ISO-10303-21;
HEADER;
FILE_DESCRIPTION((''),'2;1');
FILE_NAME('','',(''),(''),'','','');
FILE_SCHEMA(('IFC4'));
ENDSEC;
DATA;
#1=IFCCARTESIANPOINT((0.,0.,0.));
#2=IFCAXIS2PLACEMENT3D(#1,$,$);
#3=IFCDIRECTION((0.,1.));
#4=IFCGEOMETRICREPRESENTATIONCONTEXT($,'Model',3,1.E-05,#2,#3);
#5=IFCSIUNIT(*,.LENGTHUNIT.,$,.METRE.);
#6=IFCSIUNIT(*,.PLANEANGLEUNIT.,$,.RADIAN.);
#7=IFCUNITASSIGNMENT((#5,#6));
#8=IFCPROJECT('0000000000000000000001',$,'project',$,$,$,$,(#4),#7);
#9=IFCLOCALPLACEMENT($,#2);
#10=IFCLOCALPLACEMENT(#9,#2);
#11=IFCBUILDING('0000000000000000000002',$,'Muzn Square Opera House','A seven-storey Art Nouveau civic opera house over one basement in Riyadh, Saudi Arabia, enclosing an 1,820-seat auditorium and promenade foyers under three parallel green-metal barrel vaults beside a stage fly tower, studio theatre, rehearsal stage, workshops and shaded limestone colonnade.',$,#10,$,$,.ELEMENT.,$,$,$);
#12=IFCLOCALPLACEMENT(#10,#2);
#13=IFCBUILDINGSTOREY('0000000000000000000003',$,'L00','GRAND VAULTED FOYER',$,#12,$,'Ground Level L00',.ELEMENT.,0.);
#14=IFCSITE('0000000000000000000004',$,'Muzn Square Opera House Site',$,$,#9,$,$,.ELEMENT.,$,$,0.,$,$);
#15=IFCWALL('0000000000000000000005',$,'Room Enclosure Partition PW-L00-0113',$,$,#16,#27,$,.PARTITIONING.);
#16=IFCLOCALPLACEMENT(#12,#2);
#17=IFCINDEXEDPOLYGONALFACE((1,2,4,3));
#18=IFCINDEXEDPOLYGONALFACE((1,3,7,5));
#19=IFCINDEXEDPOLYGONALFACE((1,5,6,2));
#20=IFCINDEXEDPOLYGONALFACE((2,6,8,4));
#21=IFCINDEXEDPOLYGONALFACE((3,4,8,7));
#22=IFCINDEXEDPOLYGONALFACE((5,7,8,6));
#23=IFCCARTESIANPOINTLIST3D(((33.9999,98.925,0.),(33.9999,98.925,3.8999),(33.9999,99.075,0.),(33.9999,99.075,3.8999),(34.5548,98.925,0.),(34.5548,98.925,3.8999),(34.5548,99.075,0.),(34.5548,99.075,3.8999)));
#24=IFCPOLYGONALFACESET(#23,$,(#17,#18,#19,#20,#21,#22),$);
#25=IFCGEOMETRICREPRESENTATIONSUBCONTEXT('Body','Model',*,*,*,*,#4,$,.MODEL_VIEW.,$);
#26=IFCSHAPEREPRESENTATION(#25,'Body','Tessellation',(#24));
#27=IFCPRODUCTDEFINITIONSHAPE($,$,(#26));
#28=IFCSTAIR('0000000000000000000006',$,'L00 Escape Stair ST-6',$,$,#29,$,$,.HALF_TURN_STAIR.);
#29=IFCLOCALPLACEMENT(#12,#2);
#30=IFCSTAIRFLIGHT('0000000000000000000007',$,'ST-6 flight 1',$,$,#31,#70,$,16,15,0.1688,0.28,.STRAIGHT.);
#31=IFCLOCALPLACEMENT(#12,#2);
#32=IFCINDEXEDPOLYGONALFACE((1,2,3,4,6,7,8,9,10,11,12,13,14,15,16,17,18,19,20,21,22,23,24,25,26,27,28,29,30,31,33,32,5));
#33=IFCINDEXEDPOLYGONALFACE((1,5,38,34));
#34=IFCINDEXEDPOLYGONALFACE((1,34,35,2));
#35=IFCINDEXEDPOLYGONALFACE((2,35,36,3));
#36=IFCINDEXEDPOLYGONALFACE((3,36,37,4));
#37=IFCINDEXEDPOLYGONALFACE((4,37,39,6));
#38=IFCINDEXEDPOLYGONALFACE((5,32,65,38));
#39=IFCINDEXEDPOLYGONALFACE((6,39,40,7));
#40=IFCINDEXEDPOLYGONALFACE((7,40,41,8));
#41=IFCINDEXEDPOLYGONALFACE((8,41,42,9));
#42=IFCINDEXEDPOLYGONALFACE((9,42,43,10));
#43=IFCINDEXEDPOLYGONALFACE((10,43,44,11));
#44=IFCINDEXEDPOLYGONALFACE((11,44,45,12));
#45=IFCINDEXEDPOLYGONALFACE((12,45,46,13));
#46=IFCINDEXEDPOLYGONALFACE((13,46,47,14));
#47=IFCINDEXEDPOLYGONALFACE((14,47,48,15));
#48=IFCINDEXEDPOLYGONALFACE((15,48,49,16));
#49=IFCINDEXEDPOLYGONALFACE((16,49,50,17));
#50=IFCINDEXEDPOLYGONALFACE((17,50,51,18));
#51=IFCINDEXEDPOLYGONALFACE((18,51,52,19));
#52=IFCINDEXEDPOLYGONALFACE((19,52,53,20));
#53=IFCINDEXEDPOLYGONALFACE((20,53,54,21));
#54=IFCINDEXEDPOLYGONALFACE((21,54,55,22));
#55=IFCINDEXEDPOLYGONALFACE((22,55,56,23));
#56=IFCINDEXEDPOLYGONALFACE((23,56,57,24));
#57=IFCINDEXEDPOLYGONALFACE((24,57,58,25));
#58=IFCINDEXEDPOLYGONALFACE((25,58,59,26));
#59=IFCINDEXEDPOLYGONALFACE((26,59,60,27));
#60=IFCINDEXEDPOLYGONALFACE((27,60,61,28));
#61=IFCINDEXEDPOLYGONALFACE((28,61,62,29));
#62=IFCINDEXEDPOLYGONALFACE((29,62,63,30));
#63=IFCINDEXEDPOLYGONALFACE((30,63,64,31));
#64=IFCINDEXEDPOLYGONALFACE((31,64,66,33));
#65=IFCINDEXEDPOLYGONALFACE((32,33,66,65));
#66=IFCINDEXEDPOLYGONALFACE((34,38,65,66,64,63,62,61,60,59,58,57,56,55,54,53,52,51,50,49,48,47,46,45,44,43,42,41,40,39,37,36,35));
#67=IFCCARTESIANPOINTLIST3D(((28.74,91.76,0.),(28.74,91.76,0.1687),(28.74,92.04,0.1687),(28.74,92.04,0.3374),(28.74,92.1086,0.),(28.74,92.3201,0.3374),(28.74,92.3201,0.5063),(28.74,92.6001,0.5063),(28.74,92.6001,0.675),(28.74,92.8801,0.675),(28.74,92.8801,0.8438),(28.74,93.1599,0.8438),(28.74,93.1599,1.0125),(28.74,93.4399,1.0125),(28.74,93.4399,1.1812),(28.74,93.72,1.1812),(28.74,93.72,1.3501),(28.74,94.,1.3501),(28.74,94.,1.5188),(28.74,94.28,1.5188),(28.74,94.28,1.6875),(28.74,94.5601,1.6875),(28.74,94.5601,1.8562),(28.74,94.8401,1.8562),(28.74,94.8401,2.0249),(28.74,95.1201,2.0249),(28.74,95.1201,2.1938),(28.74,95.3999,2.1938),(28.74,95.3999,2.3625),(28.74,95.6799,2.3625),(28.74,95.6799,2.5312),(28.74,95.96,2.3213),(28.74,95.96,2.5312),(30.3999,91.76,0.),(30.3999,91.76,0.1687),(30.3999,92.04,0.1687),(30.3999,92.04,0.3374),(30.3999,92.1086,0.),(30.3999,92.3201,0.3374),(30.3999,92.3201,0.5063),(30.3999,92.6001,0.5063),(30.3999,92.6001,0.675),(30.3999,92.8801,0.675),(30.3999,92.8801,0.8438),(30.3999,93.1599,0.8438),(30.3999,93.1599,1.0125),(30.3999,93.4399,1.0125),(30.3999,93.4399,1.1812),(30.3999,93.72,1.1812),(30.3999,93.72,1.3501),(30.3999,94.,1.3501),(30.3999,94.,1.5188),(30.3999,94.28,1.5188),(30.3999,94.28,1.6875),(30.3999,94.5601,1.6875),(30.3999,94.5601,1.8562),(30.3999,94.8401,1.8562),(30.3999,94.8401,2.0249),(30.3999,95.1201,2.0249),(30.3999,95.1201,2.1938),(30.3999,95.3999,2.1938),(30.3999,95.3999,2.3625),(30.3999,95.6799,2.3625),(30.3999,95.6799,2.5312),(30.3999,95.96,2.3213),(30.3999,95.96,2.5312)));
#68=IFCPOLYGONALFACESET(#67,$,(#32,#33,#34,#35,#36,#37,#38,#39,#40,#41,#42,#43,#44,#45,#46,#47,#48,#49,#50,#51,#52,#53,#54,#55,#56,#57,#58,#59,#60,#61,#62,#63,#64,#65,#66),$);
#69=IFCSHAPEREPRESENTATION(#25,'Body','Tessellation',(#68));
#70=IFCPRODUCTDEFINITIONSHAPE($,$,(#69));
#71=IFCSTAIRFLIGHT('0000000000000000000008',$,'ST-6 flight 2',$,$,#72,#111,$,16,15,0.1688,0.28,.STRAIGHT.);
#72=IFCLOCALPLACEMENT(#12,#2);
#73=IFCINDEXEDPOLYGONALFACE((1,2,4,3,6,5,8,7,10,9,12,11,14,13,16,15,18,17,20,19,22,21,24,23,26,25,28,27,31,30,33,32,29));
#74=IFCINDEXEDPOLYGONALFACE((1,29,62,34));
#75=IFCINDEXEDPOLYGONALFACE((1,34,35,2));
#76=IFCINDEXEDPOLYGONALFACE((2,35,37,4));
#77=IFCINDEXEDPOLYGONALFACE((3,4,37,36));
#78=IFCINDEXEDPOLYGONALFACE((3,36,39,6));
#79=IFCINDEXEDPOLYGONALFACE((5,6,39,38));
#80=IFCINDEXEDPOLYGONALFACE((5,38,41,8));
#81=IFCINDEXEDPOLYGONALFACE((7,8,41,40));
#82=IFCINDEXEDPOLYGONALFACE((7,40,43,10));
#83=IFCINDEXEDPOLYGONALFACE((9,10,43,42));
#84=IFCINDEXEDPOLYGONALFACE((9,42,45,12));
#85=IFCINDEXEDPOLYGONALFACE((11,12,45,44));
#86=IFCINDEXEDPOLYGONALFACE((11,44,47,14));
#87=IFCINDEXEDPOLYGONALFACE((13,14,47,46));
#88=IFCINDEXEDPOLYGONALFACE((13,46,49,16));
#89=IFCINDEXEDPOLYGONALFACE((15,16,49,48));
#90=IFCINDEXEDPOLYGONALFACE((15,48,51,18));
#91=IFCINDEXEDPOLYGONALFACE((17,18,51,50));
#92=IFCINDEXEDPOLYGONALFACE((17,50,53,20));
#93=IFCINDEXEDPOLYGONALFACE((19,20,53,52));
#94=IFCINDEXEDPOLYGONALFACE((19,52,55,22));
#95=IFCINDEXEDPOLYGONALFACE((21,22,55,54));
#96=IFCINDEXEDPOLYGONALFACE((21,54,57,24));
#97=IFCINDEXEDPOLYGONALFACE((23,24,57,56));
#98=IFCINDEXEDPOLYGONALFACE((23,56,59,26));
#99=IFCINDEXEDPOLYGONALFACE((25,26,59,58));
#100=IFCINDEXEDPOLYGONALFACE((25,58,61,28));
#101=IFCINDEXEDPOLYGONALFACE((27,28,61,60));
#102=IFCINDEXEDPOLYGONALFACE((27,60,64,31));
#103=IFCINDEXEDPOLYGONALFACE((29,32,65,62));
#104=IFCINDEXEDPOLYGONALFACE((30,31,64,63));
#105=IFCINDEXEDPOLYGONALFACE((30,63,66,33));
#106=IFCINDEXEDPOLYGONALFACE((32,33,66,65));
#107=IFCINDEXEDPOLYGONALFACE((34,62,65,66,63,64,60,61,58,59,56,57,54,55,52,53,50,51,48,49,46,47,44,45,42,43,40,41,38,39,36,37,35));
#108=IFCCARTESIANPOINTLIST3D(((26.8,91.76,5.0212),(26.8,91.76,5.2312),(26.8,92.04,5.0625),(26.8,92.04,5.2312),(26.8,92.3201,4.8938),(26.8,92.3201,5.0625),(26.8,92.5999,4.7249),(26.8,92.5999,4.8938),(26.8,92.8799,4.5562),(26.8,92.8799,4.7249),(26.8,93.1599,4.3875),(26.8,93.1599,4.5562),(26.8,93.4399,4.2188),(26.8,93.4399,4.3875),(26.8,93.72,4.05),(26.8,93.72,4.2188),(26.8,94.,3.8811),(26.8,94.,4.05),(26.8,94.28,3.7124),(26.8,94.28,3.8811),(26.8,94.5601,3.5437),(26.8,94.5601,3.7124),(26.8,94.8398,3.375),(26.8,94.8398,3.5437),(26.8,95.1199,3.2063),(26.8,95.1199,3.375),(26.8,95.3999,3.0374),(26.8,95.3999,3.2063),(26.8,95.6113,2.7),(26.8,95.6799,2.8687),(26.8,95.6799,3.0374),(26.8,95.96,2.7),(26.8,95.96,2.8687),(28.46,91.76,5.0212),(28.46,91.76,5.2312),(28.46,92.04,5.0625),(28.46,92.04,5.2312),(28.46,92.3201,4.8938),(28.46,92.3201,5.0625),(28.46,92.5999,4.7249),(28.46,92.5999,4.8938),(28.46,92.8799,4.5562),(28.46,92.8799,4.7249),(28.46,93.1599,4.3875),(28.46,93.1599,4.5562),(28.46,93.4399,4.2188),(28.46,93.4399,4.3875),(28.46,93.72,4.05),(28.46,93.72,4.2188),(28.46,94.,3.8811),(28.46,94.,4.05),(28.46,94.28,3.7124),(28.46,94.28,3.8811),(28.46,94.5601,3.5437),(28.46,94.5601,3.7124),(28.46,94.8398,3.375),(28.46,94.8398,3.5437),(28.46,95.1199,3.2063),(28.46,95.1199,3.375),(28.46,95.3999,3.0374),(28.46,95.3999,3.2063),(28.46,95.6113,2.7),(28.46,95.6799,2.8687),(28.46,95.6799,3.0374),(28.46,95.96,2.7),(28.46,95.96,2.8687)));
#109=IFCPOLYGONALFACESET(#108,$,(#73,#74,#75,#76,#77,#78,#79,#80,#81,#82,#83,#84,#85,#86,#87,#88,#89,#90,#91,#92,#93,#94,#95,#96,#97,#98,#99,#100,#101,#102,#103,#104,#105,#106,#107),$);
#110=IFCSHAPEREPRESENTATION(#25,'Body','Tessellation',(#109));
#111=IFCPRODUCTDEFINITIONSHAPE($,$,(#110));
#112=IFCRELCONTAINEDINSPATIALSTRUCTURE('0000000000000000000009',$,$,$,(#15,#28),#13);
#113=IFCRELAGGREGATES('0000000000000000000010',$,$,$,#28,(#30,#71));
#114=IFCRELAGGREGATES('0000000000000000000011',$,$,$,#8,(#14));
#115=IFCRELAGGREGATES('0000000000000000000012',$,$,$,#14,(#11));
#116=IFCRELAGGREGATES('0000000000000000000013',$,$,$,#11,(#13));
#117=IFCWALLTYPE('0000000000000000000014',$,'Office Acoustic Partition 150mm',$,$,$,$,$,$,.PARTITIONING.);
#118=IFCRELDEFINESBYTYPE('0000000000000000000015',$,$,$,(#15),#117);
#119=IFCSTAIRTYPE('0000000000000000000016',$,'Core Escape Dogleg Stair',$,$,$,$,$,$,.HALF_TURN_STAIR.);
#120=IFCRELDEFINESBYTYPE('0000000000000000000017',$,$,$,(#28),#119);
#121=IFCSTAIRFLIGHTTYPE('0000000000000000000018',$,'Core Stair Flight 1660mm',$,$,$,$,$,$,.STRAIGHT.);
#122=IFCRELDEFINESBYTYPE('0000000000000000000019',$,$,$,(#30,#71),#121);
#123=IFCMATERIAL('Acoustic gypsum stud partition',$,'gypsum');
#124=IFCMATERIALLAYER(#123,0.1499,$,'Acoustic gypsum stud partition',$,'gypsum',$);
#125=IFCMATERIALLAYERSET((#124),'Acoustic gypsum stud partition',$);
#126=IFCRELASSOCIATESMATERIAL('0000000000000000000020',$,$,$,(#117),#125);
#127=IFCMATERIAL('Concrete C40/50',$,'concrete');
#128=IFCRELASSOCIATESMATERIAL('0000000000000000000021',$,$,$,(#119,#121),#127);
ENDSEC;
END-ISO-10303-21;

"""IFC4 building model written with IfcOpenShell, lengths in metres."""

from ifc_helpers import new_model, si_unit, direction, frame, frame_2d, origin, place, context, subcontext, project, spatial, polyline, rectangle, outline, extrude, material, layer, layer_set, type_object, element, aggregate, save


model = new_model("IFC4")

# Units and contexts
model_context = context("Model", 3, precision=1e-05, world=origin(), true_north=direction((0.0, 1.0)))
body_context = subcontext(model_context, "Body", "Model", "MODEL_VIEW")
ifc_project = project(units=[si_unit("LENGTHUNIT", "METRE"), si_unit("PLANEANGLEUNIT", "RADIAN")], contexts=[model_context])

# Site, building, storey
site_placement = place(None, origin())
site = spatial("IfcSite", under=ifc_project, at=site_placement, Name="Muzn Square Opera House Site", CompositionType="ELEMENT", RefElevation=0.0)
building_placement = place(site_placement, origin())
building = spatial("IfcBuilding", under=site, at=building_placement, Name="Muzn Square Opera House", Description="A seven-storey Art Nouveau civic opera house over one basement in Riyadh, Saudi Arabia, enclosing an 1,820-seat auditorium and promenade foyers under three parallel green-metal barrel vaults beside a stage fly tower, studio theatre, rehearsal stage, workshops and shaded limestone colonnade.", CompositionType="ELEMENT")
storey_placement = place(building_placement, origin())
storey = spatial("IfcBuildingStorey", under=building, at=storey_placement, Name="L00", Description="GRAND VAULTED FOYER", LongName="Ground Level L00", CompositionType="ELEMENT", Elevation=0.0)

# Shared definitions
ifc_material_1 = material(Name="Concrete C40/50", Category="concrete")

# Wall
ifc_material_2 = material(Name="Acoustic gypsum stud partition", Category="gypsum")
ifc_layer_1 = layer(ifc_material_2, 0.1499, Name="Acoustic gypsum stud partition", Category="gypsum")
ifc_layer_set_1 = layer_set([ifc_layer_1], Name="Acoustic gypsum stud partition")
wall_type_1 = type_object("IfcWallType", Name="Office Acoustic Partition 150mm", PredefinedType="PARTITIONING", material=ifc_layer_set_1)
wall_1_placement = place(storey_placement, frame((34.0, 99.0, 0.0), z_axis=(0.0, 0.0, 1.0), x_axis=(1.0, 0.0, 0.0)))
element("IfcWall", 1, at=wall_1_placement, inside=storey, type_object=wall_type_1, Name="Room Enclosure Partition PW-L00-0113", PredefinedType="PARTITIONING", context=body_context, shape_type="SweptSolid", body=[
    extrude(rectangle(XDim=0.5549, YDim=0.1499, at=frame_2d((0.2773, 0.0))), origin(), (0.0, 0.0, 1.0), 3.8999),
])

# Stair, stair flights
stair_type = type_object("IfcStairType", Name="Core Escape Dogleg Stair", PredefinedType="HALF_TURN_STAIR", material=ifc_material_1)
stair_placement = place(storey_placement, origin())
stair = element("IfcStair", 2, at=stair_placement, inside=storey, type_object=stair_type, Name="L00 Escape Stair ST-6", PredefinedType="HALF_TURN_STAIR")
stair_flight_type = type_object("IfcStairFlightType", Name="Core Stair Flight 1660mm", PredefinedType="STRAIGHT", material=ifc_material_1)
stair_flight_1_placement = place(storey_placement, frame((29.5701, 91.76, 0.0), z_axis=(0.0, 0.0, 1.0), x_axis=(0.0, 1.0, 0.0)))
stair_flight_1 = element("IfcStairFlight", 3, at=stair_flight_1_placement, type_object=stair_flight_type, Name="ST-6 flight 1", NumberOfRisers=16, NumberOfTreads=15, PredefinedType="STRAIGHT", RiserHeight=0.1688, TreadLength=0.28, context=body_context, shape_type="SweptSolid", body=[
    extrude(outline(polyline([(0.0, 0.0), (0.0, 0.1687), (0.28, 0.1687), (0.28, 0.3374), (0.5601, 0.3374), (0.5601, 0.5063), (0.8401, 0.5063), (0.8401, 0.675), (1.1201, 0.675), (1.1201, 0.8438), (1.3999, 0.8438), (1.3999, 1.0125), (1.6799, 1.0125), (1.6799, 1.1812), (1.96, 1.1812), (1.96, 1.3501), (2.24, 1.3501), (2.24, 1.5188), (2.52, 1.5188), (2.52, 1.6875), (2.8, 1.6875), (2.8, 1.8562), (3.0801, 1.8562), (3.0801, 2.0249), (3.3601, 2.0249), (3.3601, 2.1938), (3.6399, 2.1938), (3.6399, 2.3625), (3.9199, 2.3625), (3.9199, 2.5312), (4.2, 2.5312), (4.2, 2.7), (4.2, 2.3213), (0.3486, 0.0), (0.0, 0.0)])), frame((0.0, 0.8301, 0.0), z_axis=(0.0, -1.0, 0.0), x_axis=(1.0, 0.0, 0.0)), (0.0, 0.0, 1.0), 1.6599),
])
stair_flight_2_placement = place(storey_placement, frame((27.6299, 95.96, 2.7), z_axis=(0.0, 0.0, 1.0), x_axis=(0.0, -1.0, 0.0)))
stair_flight_2 = element("IfcStairFlight", 4, at=stair_flight_2_placement, type_object=stair_flight_type, Name="ST-6 flight 2", NumberOfRisers=16, NumberOfTreads=15, PredefinedType="STRAIGHT", RiserHeight=0.1688, TreadLength=0.28, context=body_context, shape_type="SweptSolid", body=[
    extrude(outline(polyline([(0.0, 0.0), (0.0, 0.1687), (0.28, 0.1687), (0.28, 0.3374), (0.5601, 0.3374), (0.5601, 0.5063), (0.8401, 0.5063), (0.8401, 0.675), (1.1201, 0.675), (1.1201, 0.8438), (1.3999, 0.8438), (1.3999, 1.0125), (1.6799, 1.0125), (1.6799, 1.1812), (1.96, 1.1812), (1.96, 1.3501), (2.24, 1.3501), (2.24, 1.5188), (2.52, 1.5188), (2.52, 1.6875), (2.8, 1.6875), (2.8, 1.8562), (3.0801, 1.8562), (3.0801, 2.0249), (3.3601, 2.0249), (3.3601, 2.1938), (3.6399, 2.1938), (3.6399, 2.3625), (3.9199, 2.3625), (3.9199, 2.5312), (4.2, 2.5312), (4.2, 2.7), (4.2, 2.3213), (0.3486, 0.0), (0.0, 0.0)])), frame((0.0, 0.8301, 0.0), z_axis=(0.0, -1.0, 0.0), x_axis=(1.0, 0.0, 0.0)), (0.0, 0.0, 1.0), 1.6599),
])
aggregate(stair, [stair_flight_1, stair_flight_2])

save(model, "model.ifc")
